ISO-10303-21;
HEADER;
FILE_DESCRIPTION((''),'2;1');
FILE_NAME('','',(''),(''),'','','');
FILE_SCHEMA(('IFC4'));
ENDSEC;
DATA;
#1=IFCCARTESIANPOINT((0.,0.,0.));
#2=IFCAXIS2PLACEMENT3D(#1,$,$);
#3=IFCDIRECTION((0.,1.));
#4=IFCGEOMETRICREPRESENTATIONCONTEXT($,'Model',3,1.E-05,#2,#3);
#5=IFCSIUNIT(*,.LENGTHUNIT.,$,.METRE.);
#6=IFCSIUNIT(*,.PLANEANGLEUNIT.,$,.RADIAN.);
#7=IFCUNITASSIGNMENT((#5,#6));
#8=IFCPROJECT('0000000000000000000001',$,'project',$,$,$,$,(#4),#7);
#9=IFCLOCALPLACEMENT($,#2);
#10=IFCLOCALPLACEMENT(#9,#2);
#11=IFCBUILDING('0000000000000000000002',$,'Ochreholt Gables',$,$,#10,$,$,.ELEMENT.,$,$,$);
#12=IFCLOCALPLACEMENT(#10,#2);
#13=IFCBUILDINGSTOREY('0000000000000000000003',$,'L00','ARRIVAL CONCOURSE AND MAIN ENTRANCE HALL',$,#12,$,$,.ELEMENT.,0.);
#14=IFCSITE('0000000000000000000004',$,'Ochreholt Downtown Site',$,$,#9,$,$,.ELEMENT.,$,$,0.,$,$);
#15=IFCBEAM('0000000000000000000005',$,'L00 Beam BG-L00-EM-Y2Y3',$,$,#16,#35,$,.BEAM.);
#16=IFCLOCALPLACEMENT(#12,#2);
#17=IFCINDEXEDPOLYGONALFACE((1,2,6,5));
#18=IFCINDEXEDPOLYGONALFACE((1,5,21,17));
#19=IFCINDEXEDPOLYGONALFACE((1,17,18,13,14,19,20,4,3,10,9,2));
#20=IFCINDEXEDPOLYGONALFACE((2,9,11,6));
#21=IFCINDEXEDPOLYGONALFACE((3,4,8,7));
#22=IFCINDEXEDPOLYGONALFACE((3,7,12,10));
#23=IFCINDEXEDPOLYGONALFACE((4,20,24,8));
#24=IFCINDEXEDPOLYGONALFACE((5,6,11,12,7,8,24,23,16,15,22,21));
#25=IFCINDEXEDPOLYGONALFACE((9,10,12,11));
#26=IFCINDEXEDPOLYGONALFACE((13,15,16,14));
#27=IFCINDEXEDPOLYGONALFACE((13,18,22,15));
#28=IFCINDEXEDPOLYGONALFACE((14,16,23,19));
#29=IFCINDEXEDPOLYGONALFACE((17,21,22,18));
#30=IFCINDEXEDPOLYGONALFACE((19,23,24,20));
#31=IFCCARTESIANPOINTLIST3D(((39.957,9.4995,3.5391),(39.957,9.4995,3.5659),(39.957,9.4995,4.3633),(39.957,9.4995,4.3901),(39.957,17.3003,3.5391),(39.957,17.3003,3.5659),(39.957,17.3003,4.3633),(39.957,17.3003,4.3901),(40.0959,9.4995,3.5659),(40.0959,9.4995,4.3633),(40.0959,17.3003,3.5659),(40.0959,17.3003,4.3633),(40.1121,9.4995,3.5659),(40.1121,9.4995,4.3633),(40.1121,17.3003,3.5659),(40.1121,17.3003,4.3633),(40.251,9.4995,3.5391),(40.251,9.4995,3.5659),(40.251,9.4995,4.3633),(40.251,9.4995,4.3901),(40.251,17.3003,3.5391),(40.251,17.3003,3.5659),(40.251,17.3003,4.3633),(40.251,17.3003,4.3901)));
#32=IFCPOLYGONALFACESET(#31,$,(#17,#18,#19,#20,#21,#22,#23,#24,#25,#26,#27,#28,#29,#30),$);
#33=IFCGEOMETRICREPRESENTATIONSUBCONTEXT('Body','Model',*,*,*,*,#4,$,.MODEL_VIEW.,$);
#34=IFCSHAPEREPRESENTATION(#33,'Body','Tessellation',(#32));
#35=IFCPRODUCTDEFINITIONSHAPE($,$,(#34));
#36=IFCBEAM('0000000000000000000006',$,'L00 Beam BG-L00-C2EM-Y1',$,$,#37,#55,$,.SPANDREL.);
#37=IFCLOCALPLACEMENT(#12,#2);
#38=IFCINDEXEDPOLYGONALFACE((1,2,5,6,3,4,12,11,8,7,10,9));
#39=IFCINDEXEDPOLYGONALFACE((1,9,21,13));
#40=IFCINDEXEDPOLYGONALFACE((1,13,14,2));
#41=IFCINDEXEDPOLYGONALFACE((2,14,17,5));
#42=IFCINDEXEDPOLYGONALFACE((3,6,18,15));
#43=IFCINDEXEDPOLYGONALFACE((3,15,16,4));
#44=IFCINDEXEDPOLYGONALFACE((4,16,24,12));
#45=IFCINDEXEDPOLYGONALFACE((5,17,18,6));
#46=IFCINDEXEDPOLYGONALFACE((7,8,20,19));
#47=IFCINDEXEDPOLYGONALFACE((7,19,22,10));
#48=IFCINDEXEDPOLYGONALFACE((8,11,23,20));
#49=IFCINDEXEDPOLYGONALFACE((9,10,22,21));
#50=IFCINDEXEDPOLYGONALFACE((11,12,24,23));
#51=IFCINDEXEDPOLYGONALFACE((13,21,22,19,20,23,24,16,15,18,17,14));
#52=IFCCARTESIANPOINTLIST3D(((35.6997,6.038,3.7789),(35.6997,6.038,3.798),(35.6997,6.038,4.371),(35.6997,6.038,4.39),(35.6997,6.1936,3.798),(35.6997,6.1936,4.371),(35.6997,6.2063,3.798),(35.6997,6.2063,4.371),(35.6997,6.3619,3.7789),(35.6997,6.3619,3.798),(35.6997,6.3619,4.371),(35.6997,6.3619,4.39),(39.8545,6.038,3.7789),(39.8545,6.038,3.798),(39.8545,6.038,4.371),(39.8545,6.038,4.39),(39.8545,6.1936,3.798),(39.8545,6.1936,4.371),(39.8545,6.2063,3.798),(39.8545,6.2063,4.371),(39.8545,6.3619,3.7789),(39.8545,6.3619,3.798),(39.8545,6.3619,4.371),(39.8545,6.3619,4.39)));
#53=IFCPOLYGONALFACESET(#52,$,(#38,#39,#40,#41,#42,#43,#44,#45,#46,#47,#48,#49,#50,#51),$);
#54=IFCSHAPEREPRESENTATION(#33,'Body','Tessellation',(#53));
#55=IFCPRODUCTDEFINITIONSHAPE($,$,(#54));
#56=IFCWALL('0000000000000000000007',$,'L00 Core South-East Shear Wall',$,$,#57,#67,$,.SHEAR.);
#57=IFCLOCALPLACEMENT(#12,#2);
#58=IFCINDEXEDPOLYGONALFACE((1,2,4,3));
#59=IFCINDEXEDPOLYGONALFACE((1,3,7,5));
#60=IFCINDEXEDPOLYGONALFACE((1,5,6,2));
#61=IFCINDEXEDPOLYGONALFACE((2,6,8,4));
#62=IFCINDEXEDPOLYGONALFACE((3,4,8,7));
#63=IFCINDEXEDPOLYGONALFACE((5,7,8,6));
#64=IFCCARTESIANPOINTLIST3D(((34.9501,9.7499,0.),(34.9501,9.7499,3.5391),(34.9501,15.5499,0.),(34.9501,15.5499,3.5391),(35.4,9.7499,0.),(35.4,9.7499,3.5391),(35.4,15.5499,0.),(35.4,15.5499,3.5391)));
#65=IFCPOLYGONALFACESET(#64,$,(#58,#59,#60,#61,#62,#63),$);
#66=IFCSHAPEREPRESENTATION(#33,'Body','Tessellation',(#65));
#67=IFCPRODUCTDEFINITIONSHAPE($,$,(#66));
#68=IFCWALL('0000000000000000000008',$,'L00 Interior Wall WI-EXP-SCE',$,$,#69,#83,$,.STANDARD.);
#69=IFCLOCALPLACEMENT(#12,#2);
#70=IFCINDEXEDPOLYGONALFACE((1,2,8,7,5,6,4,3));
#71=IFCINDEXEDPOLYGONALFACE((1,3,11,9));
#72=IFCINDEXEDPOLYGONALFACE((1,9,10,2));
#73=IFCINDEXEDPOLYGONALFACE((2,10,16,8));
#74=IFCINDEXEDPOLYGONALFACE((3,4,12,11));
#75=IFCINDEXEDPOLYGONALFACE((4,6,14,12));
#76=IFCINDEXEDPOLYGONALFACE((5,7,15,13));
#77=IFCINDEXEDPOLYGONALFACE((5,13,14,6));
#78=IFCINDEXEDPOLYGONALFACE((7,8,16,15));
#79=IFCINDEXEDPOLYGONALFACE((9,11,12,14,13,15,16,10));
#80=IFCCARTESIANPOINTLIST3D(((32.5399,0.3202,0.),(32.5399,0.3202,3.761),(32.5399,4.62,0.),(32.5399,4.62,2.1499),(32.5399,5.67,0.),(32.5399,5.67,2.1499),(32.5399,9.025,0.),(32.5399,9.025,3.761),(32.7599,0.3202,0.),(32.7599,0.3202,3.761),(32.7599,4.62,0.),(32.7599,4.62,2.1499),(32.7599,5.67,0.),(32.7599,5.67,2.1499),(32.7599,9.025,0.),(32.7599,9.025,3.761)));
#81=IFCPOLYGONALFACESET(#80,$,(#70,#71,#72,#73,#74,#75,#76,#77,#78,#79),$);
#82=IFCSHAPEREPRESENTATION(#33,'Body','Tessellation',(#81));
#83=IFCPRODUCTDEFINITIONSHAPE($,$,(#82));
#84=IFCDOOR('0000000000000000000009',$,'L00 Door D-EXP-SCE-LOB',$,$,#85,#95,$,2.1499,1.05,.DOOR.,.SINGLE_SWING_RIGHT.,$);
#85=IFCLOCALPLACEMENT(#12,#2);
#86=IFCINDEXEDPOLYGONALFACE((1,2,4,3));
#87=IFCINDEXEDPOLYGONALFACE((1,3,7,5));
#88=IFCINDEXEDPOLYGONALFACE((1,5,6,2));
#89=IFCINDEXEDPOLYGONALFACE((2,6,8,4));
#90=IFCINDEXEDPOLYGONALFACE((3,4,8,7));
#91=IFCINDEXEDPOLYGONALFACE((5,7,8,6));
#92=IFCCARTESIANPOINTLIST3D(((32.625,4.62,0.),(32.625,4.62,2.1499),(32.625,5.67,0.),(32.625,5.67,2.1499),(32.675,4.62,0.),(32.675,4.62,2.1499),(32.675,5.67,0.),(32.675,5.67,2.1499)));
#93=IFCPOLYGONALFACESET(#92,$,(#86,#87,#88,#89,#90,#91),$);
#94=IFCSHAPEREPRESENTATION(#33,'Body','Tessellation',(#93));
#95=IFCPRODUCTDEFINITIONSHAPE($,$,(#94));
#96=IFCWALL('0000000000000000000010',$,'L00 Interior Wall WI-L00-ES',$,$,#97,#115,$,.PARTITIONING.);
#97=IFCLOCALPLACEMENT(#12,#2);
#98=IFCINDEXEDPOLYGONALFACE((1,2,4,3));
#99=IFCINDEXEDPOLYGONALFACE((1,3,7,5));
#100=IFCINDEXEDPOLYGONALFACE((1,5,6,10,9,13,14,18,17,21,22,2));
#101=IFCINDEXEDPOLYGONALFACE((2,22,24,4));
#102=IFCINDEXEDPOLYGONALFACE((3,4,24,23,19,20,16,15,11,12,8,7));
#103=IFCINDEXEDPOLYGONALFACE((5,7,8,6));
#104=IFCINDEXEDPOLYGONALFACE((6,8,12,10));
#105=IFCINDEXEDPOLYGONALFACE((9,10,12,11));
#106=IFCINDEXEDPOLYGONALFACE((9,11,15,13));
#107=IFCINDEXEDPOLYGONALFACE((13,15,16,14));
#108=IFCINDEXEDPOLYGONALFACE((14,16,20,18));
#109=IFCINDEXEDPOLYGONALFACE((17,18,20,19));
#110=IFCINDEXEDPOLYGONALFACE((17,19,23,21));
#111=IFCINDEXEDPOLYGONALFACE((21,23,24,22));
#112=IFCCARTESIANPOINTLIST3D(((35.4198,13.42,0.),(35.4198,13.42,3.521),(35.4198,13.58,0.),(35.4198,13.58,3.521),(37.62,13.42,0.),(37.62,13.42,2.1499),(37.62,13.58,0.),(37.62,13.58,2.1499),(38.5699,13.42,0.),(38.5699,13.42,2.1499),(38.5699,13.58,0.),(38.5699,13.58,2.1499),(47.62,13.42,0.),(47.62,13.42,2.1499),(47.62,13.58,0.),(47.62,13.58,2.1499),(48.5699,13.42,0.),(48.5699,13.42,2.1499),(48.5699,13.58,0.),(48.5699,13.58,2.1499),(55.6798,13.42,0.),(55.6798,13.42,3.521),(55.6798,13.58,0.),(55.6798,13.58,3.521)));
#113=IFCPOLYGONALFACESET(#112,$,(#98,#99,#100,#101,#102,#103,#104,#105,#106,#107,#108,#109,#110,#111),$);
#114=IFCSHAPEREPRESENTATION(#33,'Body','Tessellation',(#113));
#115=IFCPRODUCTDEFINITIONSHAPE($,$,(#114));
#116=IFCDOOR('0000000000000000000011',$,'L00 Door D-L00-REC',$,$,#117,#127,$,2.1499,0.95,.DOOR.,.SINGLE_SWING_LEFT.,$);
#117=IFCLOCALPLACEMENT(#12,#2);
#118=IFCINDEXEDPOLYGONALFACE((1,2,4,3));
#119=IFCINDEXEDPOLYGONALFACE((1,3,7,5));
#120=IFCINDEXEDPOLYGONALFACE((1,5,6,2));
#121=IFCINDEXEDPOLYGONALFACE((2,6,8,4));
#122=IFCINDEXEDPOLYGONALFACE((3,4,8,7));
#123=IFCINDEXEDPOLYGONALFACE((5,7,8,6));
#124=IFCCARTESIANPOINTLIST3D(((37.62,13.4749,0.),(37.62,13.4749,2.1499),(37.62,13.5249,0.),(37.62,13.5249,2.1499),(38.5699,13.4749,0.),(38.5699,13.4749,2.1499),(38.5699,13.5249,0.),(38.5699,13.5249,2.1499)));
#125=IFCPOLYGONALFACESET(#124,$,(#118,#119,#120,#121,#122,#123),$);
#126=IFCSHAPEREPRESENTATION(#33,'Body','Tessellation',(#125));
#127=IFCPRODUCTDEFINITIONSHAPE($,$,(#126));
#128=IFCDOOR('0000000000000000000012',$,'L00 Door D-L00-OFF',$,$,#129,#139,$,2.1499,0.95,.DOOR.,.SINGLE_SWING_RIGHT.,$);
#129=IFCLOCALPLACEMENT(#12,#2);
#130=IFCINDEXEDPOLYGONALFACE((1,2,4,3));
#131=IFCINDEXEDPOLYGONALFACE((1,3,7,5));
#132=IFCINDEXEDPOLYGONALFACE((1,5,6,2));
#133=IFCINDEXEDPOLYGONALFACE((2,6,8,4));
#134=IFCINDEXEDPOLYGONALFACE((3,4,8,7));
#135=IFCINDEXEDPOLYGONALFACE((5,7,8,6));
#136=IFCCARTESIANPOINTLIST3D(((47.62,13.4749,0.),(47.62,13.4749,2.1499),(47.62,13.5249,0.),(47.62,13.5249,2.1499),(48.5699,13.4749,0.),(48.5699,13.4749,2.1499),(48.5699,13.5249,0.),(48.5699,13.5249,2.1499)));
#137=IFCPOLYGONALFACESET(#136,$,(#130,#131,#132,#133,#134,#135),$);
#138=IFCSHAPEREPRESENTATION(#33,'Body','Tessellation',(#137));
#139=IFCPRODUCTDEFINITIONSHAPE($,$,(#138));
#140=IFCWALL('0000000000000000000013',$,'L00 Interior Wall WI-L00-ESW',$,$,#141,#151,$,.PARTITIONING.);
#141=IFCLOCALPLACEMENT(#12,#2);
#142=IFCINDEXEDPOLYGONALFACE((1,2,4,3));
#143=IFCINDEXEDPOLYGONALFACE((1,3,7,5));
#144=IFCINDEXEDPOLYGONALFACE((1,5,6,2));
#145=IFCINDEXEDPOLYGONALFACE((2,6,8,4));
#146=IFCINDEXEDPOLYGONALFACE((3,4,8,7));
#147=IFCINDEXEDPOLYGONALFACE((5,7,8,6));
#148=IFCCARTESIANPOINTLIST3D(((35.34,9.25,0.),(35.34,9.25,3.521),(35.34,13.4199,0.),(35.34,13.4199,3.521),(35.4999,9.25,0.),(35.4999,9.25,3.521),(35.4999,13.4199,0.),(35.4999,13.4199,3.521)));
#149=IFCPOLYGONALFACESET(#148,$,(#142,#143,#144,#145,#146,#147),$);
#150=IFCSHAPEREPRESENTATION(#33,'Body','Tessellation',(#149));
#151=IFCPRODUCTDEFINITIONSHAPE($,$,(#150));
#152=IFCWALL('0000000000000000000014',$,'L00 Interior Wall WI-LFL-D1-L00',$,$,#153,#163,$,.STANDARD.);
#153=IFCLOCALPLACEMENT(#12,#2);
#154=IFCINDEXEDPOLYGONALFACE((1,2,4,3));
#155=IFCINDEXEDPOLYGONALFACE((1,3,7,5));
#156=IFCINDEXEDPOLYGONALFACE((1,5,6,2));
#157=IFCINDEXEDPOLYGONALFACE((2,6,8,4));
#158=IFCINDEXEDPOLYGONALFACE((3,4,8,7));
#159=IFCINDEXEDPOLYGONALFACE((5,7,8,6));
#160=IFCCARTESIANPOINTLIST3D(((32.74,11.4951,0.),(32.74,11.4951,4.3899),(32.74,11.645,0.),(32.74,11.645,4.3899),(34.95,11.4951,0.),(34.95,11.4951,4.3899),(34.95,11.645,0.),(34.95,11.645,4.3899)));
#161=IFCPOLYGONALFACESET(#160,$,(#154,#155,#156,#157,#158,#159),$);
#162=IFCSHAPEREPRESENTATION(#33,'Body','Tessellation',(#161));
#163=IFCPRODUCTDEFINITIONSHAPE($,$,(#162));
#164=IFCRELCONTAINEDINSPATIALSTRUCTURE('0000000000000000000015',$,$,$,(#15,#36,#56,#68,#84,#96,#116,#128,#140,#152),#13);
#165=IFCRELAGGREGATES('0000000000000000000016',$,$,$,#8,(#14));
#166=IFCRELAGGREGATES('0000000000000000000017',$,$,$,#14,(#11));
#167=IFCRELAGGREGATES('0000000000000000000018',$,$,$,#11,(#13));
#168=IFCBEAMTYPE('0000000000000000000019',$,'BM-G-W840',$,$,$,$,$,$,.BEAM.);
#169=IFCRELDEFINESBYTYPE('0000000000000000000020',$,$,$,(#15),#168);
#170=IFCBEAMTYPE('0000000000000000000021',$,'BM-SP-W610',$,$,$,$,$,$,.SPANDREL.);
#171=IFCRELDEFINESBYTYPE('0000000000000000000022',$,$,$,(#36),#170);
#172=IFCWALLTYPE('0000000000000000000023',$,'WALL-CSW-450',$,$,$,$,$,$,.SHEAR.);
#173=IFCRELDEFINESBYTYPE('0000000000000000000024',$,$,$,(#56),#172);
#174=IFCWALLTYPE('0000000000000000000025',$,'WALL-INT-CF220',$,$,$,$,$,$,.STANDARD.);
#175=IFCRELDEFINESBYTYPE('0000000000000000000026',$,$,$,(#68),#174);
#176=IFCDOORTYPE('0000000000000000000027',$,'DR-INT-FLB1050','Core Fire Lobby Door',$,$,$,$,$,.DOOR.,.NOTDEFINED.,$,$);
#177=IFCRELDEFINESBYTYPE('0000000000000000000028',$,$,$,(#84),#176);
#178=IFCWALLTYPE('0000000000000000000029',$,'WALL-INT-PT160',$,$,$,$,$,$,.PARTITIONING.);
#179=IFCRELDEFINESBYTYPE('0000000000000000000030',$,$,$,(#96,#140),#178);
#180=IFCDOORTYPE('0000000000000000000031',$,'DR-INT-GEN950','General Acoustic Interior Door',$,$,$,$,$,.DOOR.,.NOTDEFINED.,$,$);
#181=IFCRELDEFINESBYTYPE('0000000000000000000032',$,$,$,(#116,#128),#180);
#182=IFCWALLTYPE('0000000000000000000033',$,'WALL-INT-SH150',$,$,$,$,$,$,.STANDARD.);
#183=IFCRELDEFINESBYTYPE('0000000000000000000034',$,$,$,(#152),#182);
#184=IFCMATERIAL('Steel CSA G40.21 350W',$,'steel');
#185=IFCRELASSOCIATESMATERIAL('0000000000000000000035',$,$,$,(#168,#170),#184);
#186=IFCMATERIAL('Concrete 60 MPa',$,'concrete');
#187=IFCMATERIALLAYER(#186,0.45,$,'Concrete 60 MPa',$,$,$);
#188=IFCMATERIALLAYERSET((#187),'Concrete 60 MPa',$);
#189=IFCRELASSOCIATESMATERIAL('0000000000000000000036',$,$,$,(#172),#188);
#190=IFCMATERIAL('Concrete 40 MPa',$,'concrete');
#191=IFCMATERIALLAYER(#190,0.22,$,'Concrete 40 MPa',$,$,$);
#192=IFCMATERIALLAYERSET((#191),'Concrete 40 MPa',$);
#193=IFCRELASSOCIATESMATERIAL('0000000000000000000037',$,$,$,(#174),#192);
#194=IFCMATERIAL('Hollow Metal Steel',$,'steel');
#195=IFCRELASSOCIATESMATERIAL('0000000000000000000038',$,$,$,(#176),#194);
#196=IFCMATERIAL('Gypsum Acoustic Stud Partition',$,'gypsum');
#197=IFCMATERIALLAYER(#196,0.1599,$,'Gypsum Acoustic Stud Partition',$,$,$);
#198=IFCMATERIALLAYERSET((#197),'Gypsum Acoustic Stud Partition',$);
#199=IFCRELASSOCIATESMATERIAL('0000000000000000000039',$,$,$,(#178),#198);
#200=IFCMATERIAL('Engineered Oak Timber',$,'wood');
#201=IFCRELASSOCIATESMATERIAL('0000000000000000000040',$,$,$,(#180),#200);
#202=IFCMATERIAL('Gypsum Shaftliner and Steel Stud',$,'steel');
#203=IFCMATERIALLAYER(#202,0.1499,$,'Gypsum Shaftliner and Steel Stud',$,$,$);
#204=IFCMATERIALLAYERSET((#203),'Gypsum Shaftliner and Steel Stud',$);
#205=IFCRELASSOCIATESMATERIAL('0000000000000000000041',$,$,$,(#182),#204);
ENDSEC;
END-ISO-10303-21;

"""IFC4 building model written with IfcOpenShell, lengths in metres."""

from ifc_helpers import new_model, si_unit, direction, frame, frame_2d, origin, origin_2d, place, context, subcontext, project, spatial, rectangle, i_section, extrude, material, layer, layer_set, material_profile, profile_set, type_object, element, fill, save


model = new_model("IFC4")

# Units and contexts
model_context = context("Model", 3, precision=1e-05, world=origin(), true_north=direction((0.0, 1.0)))
body_context = subcontext(model_context, "Body", "Model", "MODEL_VIEW")
ifc_project = project(units=[si_unit("LENGTHUNIT", "METRE"), si_unit("PLANEANGLEUNIT", "RADIAN")], contexts=[model_context])

# Site, building, storey
site_placement = place(None, origin())
site = spatial("IfcSite", under=ifc_project, at=site_placement, Name="Ochreholt Downtown Site", CompositionType="ELEMENT", RefElevation=0.0)
building_placement = place(site_placement, origin())
building = spatial("IfcBuilding", under=site, at=building_placement, Name="Ochreholt Gables", CompositionType="ELEMENT")
storey_placement = place(building_placement, origin())
storey = spatial("IfcBuildingStorey", under=building, at=storey_placement, Name="L00", Description="ARRIVAL CONCOURSE AND MAIN ENTRANCE HALL", CompositionType="ELEMENT", Elevation=0.0)

# Shared definitions
ifc_material_1 = material(Name="Steel CSA G40.21 350W", Category="steel")
ifc_material_2 = material(Name="Concrete 60 MPa", Category="concrete")

# Beams
ifc_material_profile_1 = material_profile(ifc_material_1, i_section(OverallWidth=0.2939, OverallDepth=0.8511, WebThickness=0.0161, FlangeThickness=0.0269, at=origin_2d()), Name="W840X226")
ifc_profile_set_1 = profile_set([ifc_material_profile_1], Name="Steel CSA G40.21 350W")
beam_type_1 = type_object("IfcBeamType", Name="BM-G-W840", PredefinedType="BEAM", material=ifc_profile_set_1)
beam_1_placement = place(storey_placement, frame((40.104, 9.4995, 3.9646), z_axis=(0.0, 1.0, 0.0), x_axis=(-1.0, 0.0, 0.0)))
element("IfcBeam", 1, at=beam_1_placement, inside=storey, type_object=beam_type_1, Name="L00 Beam BG-L00-EM-Y2Y3", PredefinedType="BEAM", context=body_context, shape_type="SweptSolid", body=[
    extrude(i_section(OverallWidth=0.2939, OverallDepth=0.8511, WebThickness=0.0161, FlangeThickness=0.0269, at=origin_2d()), origin(), (0.0, 0.0, 1.0), 7.8008),
])
ifc_material_profile_2 = material_profile(ifc_material_1, i_section(OverallWidth=0.324, OverallDepth=0.6111, WebThickness=0.0127, FlangeThickness=0.019, at=origin_2d()), Name="W610X155")
ifc_profile_set_2 = profile_set([ifc_material_profile_2], Name="Steel CSA G40.21 350W")
beam_type_2 = type_object("IfcBeamType", Name="BM-SP-W610", PredefinedType="SPANDREL", material=ifc_profile_set_2)
beam_2_placement = place(storey_placement, frame((35.6997, 6.2, 4.0845), z_axis=(1.0, 0.0, 0.0), x_axis=(0.0, 1.0, 0.0)))
element("IfcBeam", 2, at=beam_2_placement, inside=storey, type_object=beam_type_2, Name="L00 Beam BG-L00-C2EM-Y1", PredefinedType="SPANDREL", context=body_context, shape_type="SweptSolid", body=[
    extrude(i_section(OverallWidth=0.324, OverallDepth=0.6111, WebThickness=0.0127, FlangeThickness=0.019, at=origin_2d()), origin(), (0.0, 0.0, 1.0), 4.1548),
])

# Wall
ifc_layer_1 = layer(ifc_material_2, 0.45, Name="Concrete 60 MPa")
ifc_layer_set_1 = layer_set([ifc_layer_1], Name="Concrete 60 MPa")
wall_type_1 = type_object("IfcWallType", Name="WALL-CSW-450", PredefinedType="SHEAR", material=ifc_layer_set_1)
wall_1_placement = place(storey_placement, frame((35.175, 9.75, 0.0), z_axis=(0.0, 0.0, 1.0), x_axis=(0.0, 1.0, 0.0)))
element("IfcWall", 3, at=wall_1_placement, inside=storey, type_object=wall_type_1, Name="L00 Core South-East Shear Wall", PredefinedType="SHEAR", context=body_context, shape_type="SweptSolid", body=[
    extrude(rectangle(XDim=5.8, YDim=0.45, at=frame_2d((2.8999, 0.0))), origin(), (0.0, 0.0, 1.0), 3.5391),
])

# Wall, opening, door
ifc_material_3 = material(Name="Concrete 40 MPa", Category="concrete")
ifc_layer_2 = layer(ifc_material_3, 0.22, Name="Concrete 40 MPa")
ifc_layer_set_2 = layer_set([ifc_layer_2], Name="Concrete 40 MPa")
wall_type_2 = type_object("IfcWallType", Name="WALL-INT-CF220", PredefinedType="STANDARD", material=ifc_layer_set_2)
wall_2_placement = place(storey_placement, frame((32.6499, 0.3201, 0.0), z_axis=(0.0, 0.0, 1.0), x_axis=(0.0, 1.0, 0.0)))
wall_2 = element("IfcWall", 4, at=wall_2_placement, inside=storey, type_object=wall_type_2, Name="L00 Interior Wall WI-EXP-SCE", PredefinedType="STANDARD", context=body_context, shape_type="SweptSolid", body=[
    extrude(rectangle(XDim=8.7048, YDim=0.22, at=frame_2d((4.3525, 0.0))), origin(), (0.0, 0.0, 1.0), 3.761),
])
opening_1_placement = place(wall_2_placement, frame((4.3, 0.0, 0.0)))
opening_1 = element("IfcOpeningElement", 5, at=opening_1_placement, cuts=wall_2, PredefinedType="OPENING", context=body_context, shape_type="SweptSolid", body=[
    extrude(rectangle(XDim=1.05, YDim=2.1499, at=frame_2d((0.5249, 1.075))), frame((0.0, 0.1199, 0.0), z_axis=(0.0, -1.0, 0.0), x_axis=(1.0, 0.0, 0.0)), (0.0, 0.0, 1.0), 0.24),
])
ifc_material_4 = material(Name="Hollow Metal Steel", Category="steel")
door_type_1 = type_object("IfcDoorType", Name="DR-INT-FLB1050", Description="Core Fire Lobby Door", OperationType="NOTDEFINED", PredefinedType="DOOR", material=ifc_material_4)
door_1_placement = place(opening_1_placement, origin())
door_1 = element("IfcDoor", 6, at=door_1_placement, inside=storey, type_object=door_type_1, Name="L00 Door D-EXP-SCE-LOB", OperationType="SINGLE_SWING_RIGHT", OverallHeight=2.1499, OverallWidth=1.05, PredefinedType="DOOR", context=body_context, shape_type="SweptSolid", body=[
    extrude(rectangle(XDim=1.05, YDim=2.1499, at=frame_2d((0.5249, 1.075))), frame((0.0, 0.0249, 0.0), z_axis=(0.0, -1.0, 0.0), x_axis=(1.0, 0.0, 0.0)), (0.0, 0.0, 1.0), 0.05),
])
fill(opening_1, door_1)

# Wall, openings, doors
ifc_material_5 = material(Name="Gypsum Acoustic Stud Partition", Category="gypsum")
ifc_layer_3 = layer(ifc_material_5, 0.1599, Name="Gypsum Acoustic Stud Partition")
ifc_layer_set_3 = layer_set([ifc_layer_3], Name="Gypsum Acoustic Stud Partition")
wall_type_3 = type_object("IfcWallType", Name="WALL-INT-PT160", PredefinedType="PARTITIONING", material=ifc_layer_set_3)
wall_3_placement = place(storey_placement, frame((35.4199, 13.5, 0.0), z_axis=(0.0, 0.0, 1.0), x_axis=(1.0, 0.0, 0.0)))
wall_3 = element("IfcWall", 7, at=wall_3_placement, inside=storey, type_object=wall_type_3, Name="L00 Interior Wall WI-L00-ES", PredefinedType="PARTITIONING", context=body_context, shape_type="SweptSolid", body=[
    extrude(rectangle(XDim=20.26, YDim=0.1599, at=frame_2d((10.1299, 0.0))), origin(), (0.0, 0.0, 1.0), 3.521),
])
opening_2_placement = place(wall_3_placement, frame((2.2, 0.0, 0.0)))
opening_2 = element("IfcOpeningElement", 8, at=opening_2_placement, cuts=wall_3, PredefinedType="OPENING", context=body_context, shape_type="SweptSolid", body=[
    extrude(rectangle(XDim=0.95, YDim=2.1499, at=frame_2d((0.4751, 1.075))), frame((0.0, 0.0898, 0.0), z_axis=(0.0, -1.0, 0.0), x_axis=(1.0, 0.0, 0.0)), (0.0, 0.0, 1.0), 0.1799),
])
opening_3_placement = place(wall_3_placement, frame((12.2, 0.0, 0.0)))
opening_3 = element("IfcOpeningElement", 9, at=opening_3_placement, cuts=wall_3, PredefinedType="OPENING", context=body_context, shape_type="SweptSolid", body=[
    extrude(rectangle(XDim=0.95, YDim=2.1499, at=frame_2d((0.4751, 1.075))), frame((0.0, 0.0898, 0.0), z_axis=(0.0, -1.0, 0.0), x_axis=(1.0, 0.0, 0.0)), (0.0, 0.0, 1.0), 0.1799),
])
ifc_material_6 = material(Name="Engineered Oak Timber", Category="wood")
door_type_2 = type_object("IfcDoorType", Name="DR-INT-GEN950", Description="General Acoustic Interior Door", OperationType="NOTDEFINED", PredefinedType="DOOR", material=ifc_material_6)
door_2_placement = place(opening_2_placement, origin())
door_2 = element("IfcDoor", 10, at=door_2_placement, inside=storey, type_object=door_type_2, Name="L00 Door D-L00-REC", OperationType="SINGLE_SWING_LEFT", OverallHeight=2.1499, OverallWidth=0.95, PredefinedType="DOOR", context=body_context, shape_type="SweptSolid", body=[
    extrude(rectangle(XDim=0.95, YDim=2.1499, at=frame_2d((0.4751, 1.075))), frame((0.0, 0.0249, 0.0), z_axis=(0.0, -1.0, 0.0), x_axis=(1.0, 0.0, 0.0)), (0.0, 0.0, 1.0), 0.05),
])
fill(opening_2, door_2)
door_3_placement = place(opening_3_placement, origin())
door_3 = element("IfcDoor", 11, at=door_3_placement, inside=storey, type_object=door_type_2, Name="L00 Door D-L00-OFF", OperationType="SINGLE_SWING_RIGHT", OverallHeight=2.1499, OverallWidth=0.95, PredefinedType="DOOR", context=body_context, shape_type="SweptSolid", body=[
    extrude(rectangle(XDim=0.95, YDim=2.1499, at=frame_2d((0.4751, 1.075))), frame((0.0, 0.0249, 0.0), z_axis=(0.0, -1.0, 0.0), x_axis=(1.0, 0.0, 0.0)), (0.0, 0.0, 1.0), 0.05),
])
fill(opening_3, door_3)

# Walls
wall_4_placement = place(storey_placement, frame((35.4199, 9.25, 0.0), z_axis=(0.0, 0.0, 1.0), x_axis=(0.0, 1.0, 0.0)))
element("IfcWall", 12, at=wall_4_placement, inside=storey, type_object=wall_type_3, Name="L00 Interior Wall WI-L00-ESW", PredefinedType="PARTITIONING", context=body_context, shape_type="SweptSolid", body=[
    extrude(rectangle(XDim=4.1699, YDim=0.1599, at=frame_2d((2.085, 0.0))), origin(), (0.0, 0.0, 1.0), 3.521),
])
ifc_material_7 = material(Name="Gypsum Shaftliner and Steel Stud", Category="steel")
ifc_layer_4 = layer(ifc_material_7, 0.1499, Name="Gypsum Shaftliner and Steel Stud")
ifc_layer_set_4 = layer_set([ifc_layer_4], Name="Gypsum Shaftliner and Steel Stud")
wall_type_4 = type_object("IfcWallType", Name="WALL-INT-SH150", PredefinedType="STANDARD", material=ifc_layer_set_4)
for number, where, z_axis, x_axis, name in (
    (13, (32.74, 11.5701, 0.0), (0.0, 0.0, 1.0), (1.0, 0.0, 0.0), "L00 Interior Wall WI-LFL-D1-L00"),
):
    element("IfcWall", number, at=place(storey_placement, frame(where, z_axis=z_axis, x_axis=x_axis)), inside=storey, type_object=wall_type_4, Name=name, PredefinedType="STANDARD", context=body_context, shape_type="SweptSolid", body=[
        extrude(rectangle(XDim=2.21, YDim=0.1499, at=frame_2d((1.105, 0.0))), origin(), (0.0, 0.0, 1.0), 4.3899),
    ])

save(model, "model.ifc")
